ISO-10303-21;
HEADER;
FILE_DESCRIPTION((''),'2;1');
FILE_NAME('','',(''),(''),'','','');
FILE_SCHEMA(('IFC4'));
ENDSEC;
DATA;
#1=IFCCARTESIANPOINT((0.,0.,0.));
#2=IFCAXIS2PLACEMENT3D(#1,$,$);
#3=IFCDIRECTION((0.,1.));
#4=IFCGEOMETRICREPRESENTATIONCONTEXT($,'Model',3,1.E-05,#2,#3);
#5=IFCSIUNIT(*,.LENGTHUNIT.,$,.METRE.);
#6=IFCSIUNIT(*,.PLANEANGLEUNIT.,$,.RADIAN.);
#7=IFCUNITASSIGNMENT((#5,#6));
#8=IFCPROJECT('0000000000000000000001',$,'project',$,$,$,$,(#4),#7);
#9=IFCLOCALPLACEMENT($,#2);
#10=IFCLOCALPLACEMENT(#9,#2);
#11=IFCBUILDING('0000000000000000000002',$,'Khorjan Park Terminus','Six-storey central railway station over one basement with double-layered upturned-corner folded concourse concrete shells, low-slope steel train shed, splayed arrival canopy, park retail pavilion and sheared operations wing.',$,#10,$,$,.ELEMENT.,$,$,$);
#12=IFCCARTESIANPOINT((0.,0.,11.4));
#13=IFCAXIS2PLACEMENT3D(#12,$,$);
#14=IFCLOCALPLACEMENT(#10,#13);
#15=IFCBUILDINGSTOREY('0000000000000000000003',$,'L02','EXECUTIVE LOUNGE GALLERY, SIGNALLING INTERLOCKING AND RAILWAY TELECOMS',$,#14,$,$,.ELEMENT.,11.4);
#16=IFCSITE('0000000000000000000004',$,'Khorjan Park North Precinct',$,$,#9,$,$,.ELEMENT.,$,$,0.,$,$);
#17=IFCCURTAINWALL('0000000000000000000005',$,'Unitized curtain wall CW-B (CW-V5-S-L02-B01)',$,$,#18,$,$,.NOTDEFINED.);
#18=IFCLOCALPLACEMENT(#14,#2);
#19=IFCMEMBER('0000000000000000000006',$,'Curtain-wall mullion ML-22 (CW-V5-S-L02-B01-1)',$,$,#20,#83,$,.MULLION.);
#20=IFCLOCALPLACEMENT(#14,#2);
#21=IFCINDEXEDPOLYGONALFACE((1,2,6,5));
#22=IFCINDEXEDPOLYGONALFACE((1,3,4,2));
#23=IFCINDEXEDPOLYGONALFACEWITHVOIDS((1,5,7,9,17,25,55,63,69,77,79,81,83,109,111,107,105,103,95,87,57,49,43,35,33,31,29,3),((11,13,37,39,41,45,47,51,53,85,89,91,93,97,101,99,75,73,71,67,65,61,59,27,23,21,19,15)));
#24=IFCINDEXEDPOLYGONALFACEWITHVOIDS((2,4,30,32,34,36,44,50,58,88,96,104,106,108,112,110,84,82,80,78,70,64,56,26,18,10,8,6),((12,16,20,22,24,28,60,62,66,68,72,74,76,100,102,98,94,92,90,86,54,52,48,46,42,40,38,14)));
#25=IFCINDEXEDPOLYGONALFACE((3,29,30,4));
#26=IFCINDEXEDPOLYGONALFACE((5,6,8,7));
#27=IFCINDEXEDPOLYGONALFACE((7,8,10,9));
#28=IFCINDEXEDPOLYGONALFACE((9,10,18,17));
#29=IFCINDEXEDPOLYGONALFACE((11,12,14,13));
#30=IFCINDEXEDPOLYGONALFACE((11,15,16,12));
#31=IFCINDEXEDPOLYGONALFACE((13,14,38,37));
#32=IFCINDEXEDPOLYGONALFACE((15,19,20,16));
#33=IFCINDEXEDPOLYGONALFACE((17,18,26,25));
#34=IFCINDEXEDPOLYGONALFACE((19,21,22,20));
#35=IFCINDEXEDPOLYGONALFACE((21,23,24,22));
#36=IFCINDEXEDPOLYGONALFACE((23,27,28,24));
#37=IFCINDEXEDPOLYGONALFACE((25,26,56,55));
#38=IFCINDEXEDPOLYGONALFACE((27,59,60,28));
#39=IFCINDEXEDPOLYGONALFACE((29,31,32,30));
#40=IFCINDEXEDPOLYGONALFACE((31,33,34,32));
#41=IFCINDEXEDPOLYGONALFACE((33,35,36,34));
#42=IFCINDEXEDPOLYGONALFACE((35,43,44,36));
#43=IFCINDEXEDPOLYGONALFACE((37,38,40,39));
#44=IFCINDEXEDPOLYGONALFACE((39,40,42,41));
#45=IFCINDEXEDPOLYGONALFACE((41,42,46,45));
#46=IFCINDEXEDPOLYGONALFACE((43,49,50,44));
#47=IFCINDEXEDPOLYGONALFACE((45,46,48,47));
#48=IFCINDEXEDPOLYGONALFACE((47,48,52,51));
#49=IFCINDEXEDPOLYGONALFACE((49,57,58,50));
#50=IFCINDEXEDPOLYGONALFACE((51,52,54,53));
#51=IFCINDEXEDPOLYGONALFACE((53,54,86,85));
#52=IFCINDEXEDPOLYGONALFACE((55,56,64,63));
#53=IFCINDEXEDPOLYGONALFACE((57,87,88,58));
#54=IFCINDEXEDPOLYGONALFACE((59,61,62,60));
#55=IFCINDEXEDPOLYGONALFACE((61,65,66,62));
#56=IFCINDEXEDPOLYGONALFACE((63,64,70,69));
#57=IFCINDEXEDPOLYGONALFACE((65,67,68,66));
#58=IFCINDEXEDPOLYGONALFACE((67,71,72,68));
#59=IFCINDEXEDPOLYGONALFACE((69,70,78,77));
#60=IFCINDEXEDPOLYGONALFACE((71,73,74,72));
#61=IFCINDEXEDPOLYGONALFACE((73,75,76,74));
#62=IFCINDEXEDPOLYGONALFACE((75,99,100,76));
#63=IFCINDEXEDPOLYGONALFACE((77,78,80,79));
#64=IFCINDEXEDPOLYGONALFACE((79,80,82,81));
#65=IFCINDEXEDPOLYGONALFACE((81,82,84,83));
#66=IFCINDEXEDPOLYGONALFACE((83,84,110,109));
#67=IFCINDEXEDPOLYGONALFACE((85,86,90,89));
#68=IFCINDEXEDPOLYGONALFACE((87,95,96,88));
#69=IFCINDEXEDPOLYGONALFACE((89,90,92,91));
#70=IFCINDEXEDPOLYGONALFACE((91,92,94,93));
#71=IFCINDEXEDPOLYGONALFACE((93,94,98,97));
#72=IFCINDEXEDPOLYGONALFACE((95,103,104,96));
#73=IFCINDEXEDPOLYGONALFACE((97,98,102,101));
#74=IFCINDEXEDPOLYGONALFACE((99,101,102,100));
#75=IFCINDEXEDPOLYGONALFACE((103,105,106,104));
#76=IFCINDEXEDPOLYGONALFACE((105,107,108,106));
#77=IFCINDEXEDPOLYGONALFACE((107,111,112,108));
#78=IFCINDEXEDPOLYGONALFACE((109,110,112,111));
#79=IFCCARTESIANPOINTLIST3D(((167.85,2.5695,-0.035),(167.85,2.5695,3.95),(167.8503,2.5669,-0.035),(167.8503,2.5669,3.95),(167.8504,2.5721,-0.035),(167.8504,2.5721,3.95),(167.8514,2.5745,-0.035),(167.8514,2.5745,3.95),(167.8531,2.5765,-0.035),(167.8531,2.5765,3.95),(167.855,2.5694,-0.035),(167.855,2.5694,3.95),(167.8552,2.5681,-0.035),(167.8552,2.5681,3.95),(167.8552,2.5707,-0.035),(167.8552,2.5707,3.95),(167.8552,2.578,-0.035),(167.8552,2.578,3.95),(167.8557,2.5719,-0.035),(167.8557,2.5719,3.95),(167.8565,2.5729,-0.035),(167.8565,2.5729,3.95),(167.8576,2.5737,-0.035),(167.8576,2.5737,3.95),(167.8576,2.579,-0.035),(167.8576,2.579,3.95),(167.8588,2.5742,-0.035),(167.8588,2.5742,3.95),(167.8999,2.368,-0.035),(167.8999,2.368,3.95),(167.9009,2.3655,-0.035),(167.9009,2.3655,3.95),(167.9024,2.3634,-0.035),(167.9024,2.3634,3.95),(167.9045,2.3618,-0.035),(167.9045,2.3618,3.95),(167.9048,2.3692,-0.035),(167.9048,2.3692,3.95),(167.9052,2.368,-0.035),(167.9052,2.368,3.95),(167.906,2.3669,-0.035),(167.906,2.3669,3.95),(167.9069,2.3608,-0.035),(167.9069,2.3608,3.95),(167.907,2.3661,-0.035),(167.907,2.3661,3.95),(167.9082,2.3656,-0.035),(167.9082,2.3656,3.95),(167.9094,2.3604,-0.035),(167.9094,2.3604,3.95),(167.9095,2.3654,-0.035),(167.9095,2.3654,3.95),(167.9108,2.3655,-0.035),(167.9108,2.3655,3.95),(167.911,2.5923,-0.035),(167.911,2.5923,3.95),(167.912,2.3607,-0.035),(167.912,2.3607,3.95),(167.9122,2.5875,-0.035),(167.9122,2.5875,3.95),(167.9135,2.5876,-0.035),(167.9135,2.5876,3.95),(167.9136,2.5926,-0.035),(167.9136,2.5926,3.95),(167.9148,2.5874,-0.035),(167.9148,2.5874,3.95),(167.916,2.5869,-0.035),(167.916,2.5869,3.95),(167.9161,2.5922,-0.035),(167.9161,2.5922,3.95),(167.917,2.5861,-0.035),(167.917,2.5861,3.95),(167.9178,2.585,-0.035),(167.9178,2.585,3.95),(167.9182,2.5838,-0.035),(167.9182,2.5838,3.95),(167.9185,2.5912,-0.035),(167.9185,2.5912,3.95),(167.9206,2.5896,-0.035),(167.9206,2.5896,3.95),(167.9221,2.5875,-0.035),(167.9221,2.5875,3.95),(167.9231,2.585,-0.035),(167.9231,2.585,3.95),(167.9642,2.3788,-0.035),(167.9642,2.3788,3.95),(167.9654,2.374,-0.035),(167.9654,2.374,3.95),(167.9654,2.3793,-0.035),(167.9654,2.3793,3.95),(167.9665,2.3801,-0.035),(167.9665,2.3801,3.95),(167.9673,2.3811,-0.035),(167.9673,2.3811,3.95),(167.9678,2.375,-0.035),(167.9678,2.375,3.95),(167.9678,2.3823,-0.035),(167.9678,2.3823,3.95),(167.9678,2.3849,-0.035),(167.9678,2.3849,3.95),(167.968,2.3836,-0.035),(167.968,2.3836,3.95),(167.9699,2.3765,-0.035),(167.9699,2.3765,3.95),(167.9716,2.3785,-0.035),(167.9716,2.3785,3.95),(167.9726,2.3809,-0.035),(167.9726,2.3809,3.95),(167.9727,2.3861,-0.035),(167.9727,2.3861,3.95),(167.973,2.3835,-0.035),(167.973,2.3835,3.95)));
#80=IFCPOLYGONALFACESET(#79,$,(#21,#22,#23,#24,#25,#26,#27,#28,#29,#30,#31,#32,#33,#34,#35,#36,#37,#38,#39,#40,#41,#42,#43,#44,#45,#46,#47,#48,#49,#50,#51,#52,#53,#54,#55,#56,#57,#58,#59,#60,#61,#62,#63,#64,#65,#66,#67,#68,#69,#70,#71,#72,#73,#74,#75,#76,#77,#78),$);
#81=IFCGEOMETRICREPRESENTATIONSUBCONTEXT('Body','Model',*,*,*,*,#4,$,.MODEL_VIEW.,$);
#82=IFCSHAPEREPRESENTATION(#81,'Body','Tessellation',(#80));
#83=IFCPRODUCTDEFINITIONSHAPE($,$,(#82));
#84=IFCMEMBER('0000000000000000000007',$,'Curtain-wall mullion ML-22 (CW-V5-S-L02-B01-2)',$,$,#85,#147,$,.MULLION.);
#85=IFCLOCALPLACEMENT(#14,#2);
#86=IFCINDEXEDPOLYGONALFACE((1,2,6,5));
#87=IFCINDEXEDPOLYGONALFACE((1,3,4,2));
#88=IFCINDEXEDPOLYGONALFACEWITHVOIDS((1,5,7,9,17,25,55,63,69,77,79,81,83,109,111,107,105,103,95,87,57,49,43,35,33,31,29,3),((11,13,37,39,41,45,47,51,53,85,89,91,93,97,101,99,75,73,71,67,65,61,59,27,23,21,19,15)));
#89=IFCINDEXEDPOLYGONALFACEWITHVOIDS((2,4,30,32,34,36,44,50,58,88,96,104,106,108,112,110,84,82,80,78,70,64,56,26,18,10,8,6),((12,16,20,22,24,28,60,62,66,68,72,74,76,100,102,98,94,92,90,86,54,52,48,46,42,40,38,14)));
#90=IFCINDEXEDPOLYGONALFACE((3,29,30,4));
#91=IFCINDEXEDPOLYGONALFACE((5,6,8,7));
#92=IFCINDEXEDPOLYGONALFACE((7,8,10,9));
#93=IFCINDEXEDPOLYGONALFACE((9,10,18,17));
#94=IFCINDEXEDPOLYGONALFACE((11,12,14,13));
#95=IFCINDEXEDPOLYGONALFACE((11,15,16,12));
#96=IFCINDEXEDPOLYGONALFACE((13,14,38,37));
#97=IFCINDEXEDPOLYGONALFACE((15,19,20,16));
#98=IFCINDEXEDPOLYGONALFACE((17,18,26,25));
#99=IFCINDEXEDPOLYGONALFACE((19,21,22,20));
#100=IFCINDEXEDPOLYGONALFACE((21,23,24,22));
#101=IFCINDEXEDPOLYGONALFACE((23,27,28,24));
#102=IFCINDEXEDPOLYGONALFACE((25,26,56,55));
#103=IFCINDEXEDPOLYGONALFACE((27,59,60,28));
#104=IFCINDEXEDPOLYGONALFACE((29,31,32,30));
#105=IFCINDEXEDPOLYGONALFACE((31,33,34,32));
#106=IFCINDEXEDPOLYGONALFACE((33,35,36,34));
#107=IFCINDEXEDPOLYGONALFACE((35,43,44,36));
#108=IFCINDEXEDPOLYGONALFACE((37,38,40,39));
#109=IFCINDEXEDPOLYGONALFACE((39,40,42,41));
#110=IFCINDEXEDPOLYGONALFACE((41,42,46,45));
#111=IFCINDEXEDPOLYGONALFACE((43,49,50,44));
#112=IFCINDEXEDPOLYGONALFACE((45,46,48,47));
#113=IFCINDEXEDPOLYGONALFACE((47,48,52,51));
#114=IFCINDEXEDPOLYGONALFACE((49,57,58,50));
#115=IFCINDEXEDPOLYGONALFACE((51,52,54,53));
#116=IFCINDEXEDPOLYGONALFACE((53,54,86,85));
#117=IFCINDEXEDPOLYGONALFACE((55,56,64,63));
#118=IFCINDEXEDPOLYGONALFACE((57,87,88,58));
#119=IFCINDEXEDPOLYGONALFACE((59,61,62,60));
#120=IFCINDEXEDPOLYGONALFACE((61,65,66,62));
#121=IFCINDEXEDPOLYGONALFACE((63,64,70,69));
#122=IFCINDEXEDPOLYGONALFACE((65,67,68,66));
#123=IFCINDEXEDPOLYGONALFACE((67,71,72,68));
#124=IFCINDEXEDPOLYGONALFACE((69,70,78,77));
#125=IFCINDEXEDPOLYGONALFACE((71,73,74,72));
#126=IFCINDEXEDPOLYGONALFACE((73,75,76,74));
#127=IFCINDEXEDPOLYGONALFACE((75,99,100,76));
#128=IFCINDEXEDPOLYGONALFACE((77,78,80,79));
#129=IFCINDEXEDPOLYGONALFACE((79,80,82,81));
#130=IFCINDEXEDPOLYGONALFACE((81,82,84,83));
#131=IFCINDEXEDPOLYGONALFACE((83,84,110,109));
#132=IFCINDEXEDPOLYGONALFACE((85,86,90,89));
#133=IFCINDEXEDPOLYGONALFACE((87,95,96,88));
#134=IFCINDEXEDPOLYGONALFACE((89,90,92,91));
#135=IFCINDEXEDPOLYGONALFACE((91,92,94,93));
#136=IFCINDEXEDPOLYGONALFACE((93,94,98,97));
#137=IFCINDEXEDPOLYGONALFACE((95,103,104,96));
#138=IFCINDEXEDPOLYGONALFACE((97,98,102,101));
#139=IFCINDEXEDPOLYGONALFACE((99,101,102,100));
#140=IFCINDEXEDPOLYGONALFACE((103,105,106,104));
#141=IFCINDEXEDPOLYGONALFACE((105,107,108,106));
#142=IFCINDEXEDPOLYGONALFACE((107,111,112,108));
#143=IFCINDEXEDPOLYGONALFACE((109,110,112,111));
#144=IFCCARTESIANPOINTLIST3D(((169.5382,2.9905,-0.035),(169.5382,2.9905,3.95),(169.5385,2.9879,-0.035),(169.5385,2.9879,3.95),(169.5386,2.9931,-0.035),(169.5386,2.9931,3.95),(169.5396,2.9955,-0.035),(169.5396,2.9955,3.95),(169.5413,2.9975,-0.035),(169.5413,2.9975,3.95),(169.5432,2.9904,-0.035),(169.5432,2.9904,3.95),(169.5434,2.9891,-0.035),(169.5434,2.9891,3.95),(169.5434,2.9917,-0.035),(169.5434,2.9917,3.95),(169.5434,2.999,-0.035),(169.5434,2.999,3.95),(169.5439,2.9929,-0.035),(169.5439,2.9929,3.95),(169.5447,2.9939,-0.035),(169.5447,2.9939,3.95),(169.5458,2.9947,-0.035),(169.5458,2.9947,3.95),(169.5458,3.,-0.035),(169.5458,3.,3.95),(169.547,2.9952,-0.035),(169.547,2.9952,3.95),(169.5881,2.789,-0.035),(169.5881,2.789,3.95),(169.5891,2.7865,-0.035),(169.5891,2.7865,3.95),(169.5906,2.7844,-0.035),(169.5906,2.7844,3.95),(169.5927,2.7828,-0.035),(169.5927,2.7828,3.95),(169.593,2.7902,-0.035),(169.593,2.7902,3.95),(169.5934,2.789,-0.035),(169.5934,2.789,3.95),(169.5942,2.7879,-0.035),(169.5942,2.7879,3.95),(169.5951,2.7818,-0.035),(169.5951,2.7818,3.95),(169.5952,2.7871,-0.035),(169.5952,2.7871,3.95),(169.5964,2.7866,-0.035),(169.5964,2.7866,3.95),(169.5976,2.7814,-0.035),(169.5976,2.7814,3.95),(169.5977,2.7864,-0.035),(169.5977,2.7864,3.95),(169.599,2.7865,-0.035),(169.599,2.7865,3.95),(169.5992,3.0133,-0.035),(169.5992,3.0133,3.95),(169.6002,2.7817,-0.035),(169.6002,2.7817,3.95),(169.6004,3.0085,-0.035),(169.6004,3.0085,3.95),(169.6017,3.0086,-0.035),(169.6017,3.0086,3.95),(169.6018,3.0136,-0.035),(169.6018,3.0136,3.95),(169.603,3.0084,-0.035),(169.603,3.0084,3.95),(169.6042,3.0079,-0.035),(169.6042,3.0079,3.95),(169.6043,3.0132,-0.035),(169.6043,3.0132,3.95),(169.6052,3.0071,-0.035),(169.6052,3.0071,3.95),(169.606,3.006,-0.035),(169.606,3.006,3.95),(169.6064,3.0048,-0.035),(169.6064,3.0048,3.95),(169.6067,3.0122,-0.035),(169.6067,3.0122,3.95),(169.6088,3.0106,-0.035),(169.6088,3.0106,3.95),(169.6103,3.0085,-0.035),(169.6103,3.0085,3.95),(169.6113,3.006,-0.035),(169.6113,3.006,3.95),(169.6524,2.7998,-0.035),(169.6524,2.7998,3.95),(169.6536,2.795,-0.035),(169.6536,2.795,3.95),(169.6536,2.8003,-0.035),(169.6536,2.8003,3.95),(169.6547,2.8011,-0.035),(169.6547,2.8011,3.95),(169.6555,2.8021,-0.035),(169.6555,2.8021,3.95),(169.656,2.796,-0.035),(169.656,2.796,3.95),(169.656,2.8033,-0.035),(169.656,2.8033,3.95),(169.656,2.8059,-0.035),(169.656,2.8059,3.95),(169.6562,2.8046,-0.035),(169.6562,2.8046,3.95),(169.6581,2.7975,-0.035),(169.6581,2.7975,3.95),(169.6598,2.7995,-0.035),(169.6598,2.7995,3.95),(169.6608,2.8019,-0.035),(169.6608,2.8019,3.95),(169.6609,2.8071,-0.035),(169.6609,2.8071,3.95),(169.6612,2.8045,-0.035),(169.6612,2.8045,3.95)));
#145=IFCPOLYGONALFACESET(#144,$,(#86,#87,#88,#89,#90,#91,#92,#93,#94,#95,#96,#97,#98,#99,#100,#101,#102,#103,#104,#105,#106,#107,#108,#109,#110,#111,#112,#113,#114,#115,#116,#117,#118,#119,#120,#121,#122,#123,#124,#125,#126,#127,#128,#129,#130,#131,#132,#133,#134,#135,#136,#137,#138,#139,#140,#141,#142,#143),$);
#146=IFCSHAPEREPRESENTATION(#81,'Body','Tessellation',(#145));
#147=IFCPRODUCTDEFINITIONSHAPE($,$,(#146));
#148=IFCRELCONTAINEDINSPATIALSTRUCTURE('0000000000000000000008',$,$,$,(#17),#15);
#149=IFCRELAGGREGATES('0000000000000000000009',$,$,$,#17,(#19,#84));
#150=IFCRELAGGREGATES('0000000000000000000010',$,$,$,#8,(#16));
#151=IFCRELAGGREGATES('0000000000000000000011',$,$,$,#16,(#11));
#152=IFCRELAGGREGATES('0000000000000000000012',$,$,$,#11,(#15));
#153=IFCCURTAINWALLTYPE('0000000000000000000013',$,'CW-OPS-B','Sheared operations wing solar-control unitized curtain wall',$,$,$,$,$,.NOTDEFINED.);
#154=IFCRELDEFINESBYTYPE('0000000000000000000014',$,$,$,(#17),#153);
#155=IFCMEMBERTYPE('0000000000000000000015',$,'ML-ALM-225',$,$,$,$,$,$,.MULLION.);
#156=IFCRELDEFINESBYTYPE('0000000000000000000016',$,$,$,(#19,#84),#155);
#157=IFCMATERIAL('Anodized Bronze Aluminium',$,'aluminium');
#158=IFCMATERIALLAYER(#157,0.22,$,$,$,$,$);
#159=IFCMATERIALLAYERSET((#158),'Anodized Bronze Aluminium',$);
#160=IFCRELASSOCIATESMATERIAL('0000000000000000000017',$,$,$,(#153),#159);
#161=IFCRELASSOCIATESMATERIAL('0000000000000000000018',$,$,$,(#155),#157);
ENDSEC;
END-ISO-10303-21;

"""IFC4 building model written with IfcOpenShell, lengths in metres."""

from ifc_helpers import new_model, si_unit, direction, frame, origin, origin_2d, place, context, subcontext, project, spatial, hollow_rectangle, extrude, material, layer, layer_set, material_profile, profile_set, type_object, element, aggregate, save


model = new_model("IFC4")

# Units and contexts
model_context = context("Model", 3, precision=1e-05, world=origin(), true_north=direction((0.0, 1.0)))
body_context = subcontext(model_context, "Body", "Model", "MODEL_VIEW")
ifc_project = project(units=[si_unit("LENGTHUNIT", "METRE"), si_unit("PLANEANGLEUNIT", "RADIAN")], contexts=[model_context])

# Site, building, storey
site_placement = place(None, origin())
site = spatial("IfcSite", under=ifc_project, at=site_placement, Name="Khorjan Park North Precinct", CompositionType="ELEMENT", RefElevation=0.0)
building_placement = place(site_placement, origin())
building = spatial("IfcBuilding", under=site, at=building_placement, Name="Khorjan Park Terminus", Description="Six-storey central railway station over one basement with double-layered upturned-corner folded concourse concrete shells, low-slope steel train shed, splayed arrival canopy, park retail pavilion and sheared operations wing.", CompositionType="ELEMENT")
storey_placement = place(building_placement, frame((0.0, 0.0, 11.4)))
storey = spatial("IfcBuildingStorey", under=building, at=storey_placement, Name="L02", Description="EXECUTIVE LOUNGE GALLERY, SIGNALLING INTERLOCKING AND RAILWAY TELECOMS", CompositionType="ELEMENT", Elevation=11.4)

# Curtain wall, members
ifc_material_1 = material(Name="Anodized Bronze Aluminium", Category="aluminium")
ifc_layer_1 = layer(ifc_material_1, 0.22)
ifc_layer_set_1 = layer_set([ifc_layer_1], Name="Anodized Bronze Aluminium")
curtain_wall_type = type_object("IfcCurtainWallType", Name="CW-OPS-B", Description="Sheared operations wing solar-control unitized curtain wall", PredefinedType="NOTDEFINED", material=ifc_layer_set_1)
curtain_wall_1_placement = place(storey_placement, origin())
curtain_wall_1 = element("IfcCurtainWall", 1, at=curtain_wall_1_placement, inside=storey, type_object=curtain_wall_type, Name="Unitized curtain wall CW-B (CW-V5-S-L02-B01)", PredefinedType="NOTDEFINED")
ifc_material_profile_1 = material_profile(ifc_material_1, hollow_rectangle(XDim=0.075, YDim=0.225, WallThickness=0.005, InnerFilletRadius=0.005, OuterFilletRadius=0.01, at=origin_2d()), Name="ALM 75x225x5")
ifc_profile_set_1 = profile_set([ifc_material_profile_1], Name="Anodized Bronze Aluminium")
member_type_1 = type_object("IfcMemberType", Name="ML-ALM-225", PredefinedType="MULLION", material=ifc_profile_set_1)
member_1_placement = place(storey_placement, frame((167.9115, 2.4765, -0.035), z_axis=(0.0, 0.0, 1.0), x_axis=(0.970296, 0.241923, 0.0)))
member_1 = element("IfcMember", 2, at=member_1_placement, type_object=member_type_1, Name="Curtain-wall mullion ML-22 (CW-V5-S-L02-B01-1)", PredefinedType="MULLION", context=body_context, shape_type="SweptSolid", body=[
    extrude(hollow_rectangle(XDim=0.075, YDim=0.225, WallThickness=0.005, InnerFilletRadius=0.005, OuterFilletRadius=0.01, at=origin_2d()), origin(), (0.0, 0.0, 1.0), 3.985),
])
member_2_placement = place(storey_placement, frame((169.5997, 2.8975, -0.035), z_axis=(0.0, 0.0, 1.0), x_axis=(0.970296, 0.241923, 0.0)))
member_2 = element("IfcMember", 3, at=member_2_placement, type_object=member_type_1, Name="Curtain-wall mullion ML-22 (CW-V5-S-L02-B01-2)", PredefinedType="MULLION", context=body_context, shape_type="SweptSolid", body=[
    extrude(hollow_rectangle(XDim=0.075, YDim=0.225, WallThickness=0.005, InnerFilletRadius=0.005, OuterFilletRadius=0.01, at=origin_2d()), origin(), (0.0, 0.0, 1.0), 3.985),
])

aggregate(curtain_wall_1, [member_1, member_2])

save(model, "model.ifc")
